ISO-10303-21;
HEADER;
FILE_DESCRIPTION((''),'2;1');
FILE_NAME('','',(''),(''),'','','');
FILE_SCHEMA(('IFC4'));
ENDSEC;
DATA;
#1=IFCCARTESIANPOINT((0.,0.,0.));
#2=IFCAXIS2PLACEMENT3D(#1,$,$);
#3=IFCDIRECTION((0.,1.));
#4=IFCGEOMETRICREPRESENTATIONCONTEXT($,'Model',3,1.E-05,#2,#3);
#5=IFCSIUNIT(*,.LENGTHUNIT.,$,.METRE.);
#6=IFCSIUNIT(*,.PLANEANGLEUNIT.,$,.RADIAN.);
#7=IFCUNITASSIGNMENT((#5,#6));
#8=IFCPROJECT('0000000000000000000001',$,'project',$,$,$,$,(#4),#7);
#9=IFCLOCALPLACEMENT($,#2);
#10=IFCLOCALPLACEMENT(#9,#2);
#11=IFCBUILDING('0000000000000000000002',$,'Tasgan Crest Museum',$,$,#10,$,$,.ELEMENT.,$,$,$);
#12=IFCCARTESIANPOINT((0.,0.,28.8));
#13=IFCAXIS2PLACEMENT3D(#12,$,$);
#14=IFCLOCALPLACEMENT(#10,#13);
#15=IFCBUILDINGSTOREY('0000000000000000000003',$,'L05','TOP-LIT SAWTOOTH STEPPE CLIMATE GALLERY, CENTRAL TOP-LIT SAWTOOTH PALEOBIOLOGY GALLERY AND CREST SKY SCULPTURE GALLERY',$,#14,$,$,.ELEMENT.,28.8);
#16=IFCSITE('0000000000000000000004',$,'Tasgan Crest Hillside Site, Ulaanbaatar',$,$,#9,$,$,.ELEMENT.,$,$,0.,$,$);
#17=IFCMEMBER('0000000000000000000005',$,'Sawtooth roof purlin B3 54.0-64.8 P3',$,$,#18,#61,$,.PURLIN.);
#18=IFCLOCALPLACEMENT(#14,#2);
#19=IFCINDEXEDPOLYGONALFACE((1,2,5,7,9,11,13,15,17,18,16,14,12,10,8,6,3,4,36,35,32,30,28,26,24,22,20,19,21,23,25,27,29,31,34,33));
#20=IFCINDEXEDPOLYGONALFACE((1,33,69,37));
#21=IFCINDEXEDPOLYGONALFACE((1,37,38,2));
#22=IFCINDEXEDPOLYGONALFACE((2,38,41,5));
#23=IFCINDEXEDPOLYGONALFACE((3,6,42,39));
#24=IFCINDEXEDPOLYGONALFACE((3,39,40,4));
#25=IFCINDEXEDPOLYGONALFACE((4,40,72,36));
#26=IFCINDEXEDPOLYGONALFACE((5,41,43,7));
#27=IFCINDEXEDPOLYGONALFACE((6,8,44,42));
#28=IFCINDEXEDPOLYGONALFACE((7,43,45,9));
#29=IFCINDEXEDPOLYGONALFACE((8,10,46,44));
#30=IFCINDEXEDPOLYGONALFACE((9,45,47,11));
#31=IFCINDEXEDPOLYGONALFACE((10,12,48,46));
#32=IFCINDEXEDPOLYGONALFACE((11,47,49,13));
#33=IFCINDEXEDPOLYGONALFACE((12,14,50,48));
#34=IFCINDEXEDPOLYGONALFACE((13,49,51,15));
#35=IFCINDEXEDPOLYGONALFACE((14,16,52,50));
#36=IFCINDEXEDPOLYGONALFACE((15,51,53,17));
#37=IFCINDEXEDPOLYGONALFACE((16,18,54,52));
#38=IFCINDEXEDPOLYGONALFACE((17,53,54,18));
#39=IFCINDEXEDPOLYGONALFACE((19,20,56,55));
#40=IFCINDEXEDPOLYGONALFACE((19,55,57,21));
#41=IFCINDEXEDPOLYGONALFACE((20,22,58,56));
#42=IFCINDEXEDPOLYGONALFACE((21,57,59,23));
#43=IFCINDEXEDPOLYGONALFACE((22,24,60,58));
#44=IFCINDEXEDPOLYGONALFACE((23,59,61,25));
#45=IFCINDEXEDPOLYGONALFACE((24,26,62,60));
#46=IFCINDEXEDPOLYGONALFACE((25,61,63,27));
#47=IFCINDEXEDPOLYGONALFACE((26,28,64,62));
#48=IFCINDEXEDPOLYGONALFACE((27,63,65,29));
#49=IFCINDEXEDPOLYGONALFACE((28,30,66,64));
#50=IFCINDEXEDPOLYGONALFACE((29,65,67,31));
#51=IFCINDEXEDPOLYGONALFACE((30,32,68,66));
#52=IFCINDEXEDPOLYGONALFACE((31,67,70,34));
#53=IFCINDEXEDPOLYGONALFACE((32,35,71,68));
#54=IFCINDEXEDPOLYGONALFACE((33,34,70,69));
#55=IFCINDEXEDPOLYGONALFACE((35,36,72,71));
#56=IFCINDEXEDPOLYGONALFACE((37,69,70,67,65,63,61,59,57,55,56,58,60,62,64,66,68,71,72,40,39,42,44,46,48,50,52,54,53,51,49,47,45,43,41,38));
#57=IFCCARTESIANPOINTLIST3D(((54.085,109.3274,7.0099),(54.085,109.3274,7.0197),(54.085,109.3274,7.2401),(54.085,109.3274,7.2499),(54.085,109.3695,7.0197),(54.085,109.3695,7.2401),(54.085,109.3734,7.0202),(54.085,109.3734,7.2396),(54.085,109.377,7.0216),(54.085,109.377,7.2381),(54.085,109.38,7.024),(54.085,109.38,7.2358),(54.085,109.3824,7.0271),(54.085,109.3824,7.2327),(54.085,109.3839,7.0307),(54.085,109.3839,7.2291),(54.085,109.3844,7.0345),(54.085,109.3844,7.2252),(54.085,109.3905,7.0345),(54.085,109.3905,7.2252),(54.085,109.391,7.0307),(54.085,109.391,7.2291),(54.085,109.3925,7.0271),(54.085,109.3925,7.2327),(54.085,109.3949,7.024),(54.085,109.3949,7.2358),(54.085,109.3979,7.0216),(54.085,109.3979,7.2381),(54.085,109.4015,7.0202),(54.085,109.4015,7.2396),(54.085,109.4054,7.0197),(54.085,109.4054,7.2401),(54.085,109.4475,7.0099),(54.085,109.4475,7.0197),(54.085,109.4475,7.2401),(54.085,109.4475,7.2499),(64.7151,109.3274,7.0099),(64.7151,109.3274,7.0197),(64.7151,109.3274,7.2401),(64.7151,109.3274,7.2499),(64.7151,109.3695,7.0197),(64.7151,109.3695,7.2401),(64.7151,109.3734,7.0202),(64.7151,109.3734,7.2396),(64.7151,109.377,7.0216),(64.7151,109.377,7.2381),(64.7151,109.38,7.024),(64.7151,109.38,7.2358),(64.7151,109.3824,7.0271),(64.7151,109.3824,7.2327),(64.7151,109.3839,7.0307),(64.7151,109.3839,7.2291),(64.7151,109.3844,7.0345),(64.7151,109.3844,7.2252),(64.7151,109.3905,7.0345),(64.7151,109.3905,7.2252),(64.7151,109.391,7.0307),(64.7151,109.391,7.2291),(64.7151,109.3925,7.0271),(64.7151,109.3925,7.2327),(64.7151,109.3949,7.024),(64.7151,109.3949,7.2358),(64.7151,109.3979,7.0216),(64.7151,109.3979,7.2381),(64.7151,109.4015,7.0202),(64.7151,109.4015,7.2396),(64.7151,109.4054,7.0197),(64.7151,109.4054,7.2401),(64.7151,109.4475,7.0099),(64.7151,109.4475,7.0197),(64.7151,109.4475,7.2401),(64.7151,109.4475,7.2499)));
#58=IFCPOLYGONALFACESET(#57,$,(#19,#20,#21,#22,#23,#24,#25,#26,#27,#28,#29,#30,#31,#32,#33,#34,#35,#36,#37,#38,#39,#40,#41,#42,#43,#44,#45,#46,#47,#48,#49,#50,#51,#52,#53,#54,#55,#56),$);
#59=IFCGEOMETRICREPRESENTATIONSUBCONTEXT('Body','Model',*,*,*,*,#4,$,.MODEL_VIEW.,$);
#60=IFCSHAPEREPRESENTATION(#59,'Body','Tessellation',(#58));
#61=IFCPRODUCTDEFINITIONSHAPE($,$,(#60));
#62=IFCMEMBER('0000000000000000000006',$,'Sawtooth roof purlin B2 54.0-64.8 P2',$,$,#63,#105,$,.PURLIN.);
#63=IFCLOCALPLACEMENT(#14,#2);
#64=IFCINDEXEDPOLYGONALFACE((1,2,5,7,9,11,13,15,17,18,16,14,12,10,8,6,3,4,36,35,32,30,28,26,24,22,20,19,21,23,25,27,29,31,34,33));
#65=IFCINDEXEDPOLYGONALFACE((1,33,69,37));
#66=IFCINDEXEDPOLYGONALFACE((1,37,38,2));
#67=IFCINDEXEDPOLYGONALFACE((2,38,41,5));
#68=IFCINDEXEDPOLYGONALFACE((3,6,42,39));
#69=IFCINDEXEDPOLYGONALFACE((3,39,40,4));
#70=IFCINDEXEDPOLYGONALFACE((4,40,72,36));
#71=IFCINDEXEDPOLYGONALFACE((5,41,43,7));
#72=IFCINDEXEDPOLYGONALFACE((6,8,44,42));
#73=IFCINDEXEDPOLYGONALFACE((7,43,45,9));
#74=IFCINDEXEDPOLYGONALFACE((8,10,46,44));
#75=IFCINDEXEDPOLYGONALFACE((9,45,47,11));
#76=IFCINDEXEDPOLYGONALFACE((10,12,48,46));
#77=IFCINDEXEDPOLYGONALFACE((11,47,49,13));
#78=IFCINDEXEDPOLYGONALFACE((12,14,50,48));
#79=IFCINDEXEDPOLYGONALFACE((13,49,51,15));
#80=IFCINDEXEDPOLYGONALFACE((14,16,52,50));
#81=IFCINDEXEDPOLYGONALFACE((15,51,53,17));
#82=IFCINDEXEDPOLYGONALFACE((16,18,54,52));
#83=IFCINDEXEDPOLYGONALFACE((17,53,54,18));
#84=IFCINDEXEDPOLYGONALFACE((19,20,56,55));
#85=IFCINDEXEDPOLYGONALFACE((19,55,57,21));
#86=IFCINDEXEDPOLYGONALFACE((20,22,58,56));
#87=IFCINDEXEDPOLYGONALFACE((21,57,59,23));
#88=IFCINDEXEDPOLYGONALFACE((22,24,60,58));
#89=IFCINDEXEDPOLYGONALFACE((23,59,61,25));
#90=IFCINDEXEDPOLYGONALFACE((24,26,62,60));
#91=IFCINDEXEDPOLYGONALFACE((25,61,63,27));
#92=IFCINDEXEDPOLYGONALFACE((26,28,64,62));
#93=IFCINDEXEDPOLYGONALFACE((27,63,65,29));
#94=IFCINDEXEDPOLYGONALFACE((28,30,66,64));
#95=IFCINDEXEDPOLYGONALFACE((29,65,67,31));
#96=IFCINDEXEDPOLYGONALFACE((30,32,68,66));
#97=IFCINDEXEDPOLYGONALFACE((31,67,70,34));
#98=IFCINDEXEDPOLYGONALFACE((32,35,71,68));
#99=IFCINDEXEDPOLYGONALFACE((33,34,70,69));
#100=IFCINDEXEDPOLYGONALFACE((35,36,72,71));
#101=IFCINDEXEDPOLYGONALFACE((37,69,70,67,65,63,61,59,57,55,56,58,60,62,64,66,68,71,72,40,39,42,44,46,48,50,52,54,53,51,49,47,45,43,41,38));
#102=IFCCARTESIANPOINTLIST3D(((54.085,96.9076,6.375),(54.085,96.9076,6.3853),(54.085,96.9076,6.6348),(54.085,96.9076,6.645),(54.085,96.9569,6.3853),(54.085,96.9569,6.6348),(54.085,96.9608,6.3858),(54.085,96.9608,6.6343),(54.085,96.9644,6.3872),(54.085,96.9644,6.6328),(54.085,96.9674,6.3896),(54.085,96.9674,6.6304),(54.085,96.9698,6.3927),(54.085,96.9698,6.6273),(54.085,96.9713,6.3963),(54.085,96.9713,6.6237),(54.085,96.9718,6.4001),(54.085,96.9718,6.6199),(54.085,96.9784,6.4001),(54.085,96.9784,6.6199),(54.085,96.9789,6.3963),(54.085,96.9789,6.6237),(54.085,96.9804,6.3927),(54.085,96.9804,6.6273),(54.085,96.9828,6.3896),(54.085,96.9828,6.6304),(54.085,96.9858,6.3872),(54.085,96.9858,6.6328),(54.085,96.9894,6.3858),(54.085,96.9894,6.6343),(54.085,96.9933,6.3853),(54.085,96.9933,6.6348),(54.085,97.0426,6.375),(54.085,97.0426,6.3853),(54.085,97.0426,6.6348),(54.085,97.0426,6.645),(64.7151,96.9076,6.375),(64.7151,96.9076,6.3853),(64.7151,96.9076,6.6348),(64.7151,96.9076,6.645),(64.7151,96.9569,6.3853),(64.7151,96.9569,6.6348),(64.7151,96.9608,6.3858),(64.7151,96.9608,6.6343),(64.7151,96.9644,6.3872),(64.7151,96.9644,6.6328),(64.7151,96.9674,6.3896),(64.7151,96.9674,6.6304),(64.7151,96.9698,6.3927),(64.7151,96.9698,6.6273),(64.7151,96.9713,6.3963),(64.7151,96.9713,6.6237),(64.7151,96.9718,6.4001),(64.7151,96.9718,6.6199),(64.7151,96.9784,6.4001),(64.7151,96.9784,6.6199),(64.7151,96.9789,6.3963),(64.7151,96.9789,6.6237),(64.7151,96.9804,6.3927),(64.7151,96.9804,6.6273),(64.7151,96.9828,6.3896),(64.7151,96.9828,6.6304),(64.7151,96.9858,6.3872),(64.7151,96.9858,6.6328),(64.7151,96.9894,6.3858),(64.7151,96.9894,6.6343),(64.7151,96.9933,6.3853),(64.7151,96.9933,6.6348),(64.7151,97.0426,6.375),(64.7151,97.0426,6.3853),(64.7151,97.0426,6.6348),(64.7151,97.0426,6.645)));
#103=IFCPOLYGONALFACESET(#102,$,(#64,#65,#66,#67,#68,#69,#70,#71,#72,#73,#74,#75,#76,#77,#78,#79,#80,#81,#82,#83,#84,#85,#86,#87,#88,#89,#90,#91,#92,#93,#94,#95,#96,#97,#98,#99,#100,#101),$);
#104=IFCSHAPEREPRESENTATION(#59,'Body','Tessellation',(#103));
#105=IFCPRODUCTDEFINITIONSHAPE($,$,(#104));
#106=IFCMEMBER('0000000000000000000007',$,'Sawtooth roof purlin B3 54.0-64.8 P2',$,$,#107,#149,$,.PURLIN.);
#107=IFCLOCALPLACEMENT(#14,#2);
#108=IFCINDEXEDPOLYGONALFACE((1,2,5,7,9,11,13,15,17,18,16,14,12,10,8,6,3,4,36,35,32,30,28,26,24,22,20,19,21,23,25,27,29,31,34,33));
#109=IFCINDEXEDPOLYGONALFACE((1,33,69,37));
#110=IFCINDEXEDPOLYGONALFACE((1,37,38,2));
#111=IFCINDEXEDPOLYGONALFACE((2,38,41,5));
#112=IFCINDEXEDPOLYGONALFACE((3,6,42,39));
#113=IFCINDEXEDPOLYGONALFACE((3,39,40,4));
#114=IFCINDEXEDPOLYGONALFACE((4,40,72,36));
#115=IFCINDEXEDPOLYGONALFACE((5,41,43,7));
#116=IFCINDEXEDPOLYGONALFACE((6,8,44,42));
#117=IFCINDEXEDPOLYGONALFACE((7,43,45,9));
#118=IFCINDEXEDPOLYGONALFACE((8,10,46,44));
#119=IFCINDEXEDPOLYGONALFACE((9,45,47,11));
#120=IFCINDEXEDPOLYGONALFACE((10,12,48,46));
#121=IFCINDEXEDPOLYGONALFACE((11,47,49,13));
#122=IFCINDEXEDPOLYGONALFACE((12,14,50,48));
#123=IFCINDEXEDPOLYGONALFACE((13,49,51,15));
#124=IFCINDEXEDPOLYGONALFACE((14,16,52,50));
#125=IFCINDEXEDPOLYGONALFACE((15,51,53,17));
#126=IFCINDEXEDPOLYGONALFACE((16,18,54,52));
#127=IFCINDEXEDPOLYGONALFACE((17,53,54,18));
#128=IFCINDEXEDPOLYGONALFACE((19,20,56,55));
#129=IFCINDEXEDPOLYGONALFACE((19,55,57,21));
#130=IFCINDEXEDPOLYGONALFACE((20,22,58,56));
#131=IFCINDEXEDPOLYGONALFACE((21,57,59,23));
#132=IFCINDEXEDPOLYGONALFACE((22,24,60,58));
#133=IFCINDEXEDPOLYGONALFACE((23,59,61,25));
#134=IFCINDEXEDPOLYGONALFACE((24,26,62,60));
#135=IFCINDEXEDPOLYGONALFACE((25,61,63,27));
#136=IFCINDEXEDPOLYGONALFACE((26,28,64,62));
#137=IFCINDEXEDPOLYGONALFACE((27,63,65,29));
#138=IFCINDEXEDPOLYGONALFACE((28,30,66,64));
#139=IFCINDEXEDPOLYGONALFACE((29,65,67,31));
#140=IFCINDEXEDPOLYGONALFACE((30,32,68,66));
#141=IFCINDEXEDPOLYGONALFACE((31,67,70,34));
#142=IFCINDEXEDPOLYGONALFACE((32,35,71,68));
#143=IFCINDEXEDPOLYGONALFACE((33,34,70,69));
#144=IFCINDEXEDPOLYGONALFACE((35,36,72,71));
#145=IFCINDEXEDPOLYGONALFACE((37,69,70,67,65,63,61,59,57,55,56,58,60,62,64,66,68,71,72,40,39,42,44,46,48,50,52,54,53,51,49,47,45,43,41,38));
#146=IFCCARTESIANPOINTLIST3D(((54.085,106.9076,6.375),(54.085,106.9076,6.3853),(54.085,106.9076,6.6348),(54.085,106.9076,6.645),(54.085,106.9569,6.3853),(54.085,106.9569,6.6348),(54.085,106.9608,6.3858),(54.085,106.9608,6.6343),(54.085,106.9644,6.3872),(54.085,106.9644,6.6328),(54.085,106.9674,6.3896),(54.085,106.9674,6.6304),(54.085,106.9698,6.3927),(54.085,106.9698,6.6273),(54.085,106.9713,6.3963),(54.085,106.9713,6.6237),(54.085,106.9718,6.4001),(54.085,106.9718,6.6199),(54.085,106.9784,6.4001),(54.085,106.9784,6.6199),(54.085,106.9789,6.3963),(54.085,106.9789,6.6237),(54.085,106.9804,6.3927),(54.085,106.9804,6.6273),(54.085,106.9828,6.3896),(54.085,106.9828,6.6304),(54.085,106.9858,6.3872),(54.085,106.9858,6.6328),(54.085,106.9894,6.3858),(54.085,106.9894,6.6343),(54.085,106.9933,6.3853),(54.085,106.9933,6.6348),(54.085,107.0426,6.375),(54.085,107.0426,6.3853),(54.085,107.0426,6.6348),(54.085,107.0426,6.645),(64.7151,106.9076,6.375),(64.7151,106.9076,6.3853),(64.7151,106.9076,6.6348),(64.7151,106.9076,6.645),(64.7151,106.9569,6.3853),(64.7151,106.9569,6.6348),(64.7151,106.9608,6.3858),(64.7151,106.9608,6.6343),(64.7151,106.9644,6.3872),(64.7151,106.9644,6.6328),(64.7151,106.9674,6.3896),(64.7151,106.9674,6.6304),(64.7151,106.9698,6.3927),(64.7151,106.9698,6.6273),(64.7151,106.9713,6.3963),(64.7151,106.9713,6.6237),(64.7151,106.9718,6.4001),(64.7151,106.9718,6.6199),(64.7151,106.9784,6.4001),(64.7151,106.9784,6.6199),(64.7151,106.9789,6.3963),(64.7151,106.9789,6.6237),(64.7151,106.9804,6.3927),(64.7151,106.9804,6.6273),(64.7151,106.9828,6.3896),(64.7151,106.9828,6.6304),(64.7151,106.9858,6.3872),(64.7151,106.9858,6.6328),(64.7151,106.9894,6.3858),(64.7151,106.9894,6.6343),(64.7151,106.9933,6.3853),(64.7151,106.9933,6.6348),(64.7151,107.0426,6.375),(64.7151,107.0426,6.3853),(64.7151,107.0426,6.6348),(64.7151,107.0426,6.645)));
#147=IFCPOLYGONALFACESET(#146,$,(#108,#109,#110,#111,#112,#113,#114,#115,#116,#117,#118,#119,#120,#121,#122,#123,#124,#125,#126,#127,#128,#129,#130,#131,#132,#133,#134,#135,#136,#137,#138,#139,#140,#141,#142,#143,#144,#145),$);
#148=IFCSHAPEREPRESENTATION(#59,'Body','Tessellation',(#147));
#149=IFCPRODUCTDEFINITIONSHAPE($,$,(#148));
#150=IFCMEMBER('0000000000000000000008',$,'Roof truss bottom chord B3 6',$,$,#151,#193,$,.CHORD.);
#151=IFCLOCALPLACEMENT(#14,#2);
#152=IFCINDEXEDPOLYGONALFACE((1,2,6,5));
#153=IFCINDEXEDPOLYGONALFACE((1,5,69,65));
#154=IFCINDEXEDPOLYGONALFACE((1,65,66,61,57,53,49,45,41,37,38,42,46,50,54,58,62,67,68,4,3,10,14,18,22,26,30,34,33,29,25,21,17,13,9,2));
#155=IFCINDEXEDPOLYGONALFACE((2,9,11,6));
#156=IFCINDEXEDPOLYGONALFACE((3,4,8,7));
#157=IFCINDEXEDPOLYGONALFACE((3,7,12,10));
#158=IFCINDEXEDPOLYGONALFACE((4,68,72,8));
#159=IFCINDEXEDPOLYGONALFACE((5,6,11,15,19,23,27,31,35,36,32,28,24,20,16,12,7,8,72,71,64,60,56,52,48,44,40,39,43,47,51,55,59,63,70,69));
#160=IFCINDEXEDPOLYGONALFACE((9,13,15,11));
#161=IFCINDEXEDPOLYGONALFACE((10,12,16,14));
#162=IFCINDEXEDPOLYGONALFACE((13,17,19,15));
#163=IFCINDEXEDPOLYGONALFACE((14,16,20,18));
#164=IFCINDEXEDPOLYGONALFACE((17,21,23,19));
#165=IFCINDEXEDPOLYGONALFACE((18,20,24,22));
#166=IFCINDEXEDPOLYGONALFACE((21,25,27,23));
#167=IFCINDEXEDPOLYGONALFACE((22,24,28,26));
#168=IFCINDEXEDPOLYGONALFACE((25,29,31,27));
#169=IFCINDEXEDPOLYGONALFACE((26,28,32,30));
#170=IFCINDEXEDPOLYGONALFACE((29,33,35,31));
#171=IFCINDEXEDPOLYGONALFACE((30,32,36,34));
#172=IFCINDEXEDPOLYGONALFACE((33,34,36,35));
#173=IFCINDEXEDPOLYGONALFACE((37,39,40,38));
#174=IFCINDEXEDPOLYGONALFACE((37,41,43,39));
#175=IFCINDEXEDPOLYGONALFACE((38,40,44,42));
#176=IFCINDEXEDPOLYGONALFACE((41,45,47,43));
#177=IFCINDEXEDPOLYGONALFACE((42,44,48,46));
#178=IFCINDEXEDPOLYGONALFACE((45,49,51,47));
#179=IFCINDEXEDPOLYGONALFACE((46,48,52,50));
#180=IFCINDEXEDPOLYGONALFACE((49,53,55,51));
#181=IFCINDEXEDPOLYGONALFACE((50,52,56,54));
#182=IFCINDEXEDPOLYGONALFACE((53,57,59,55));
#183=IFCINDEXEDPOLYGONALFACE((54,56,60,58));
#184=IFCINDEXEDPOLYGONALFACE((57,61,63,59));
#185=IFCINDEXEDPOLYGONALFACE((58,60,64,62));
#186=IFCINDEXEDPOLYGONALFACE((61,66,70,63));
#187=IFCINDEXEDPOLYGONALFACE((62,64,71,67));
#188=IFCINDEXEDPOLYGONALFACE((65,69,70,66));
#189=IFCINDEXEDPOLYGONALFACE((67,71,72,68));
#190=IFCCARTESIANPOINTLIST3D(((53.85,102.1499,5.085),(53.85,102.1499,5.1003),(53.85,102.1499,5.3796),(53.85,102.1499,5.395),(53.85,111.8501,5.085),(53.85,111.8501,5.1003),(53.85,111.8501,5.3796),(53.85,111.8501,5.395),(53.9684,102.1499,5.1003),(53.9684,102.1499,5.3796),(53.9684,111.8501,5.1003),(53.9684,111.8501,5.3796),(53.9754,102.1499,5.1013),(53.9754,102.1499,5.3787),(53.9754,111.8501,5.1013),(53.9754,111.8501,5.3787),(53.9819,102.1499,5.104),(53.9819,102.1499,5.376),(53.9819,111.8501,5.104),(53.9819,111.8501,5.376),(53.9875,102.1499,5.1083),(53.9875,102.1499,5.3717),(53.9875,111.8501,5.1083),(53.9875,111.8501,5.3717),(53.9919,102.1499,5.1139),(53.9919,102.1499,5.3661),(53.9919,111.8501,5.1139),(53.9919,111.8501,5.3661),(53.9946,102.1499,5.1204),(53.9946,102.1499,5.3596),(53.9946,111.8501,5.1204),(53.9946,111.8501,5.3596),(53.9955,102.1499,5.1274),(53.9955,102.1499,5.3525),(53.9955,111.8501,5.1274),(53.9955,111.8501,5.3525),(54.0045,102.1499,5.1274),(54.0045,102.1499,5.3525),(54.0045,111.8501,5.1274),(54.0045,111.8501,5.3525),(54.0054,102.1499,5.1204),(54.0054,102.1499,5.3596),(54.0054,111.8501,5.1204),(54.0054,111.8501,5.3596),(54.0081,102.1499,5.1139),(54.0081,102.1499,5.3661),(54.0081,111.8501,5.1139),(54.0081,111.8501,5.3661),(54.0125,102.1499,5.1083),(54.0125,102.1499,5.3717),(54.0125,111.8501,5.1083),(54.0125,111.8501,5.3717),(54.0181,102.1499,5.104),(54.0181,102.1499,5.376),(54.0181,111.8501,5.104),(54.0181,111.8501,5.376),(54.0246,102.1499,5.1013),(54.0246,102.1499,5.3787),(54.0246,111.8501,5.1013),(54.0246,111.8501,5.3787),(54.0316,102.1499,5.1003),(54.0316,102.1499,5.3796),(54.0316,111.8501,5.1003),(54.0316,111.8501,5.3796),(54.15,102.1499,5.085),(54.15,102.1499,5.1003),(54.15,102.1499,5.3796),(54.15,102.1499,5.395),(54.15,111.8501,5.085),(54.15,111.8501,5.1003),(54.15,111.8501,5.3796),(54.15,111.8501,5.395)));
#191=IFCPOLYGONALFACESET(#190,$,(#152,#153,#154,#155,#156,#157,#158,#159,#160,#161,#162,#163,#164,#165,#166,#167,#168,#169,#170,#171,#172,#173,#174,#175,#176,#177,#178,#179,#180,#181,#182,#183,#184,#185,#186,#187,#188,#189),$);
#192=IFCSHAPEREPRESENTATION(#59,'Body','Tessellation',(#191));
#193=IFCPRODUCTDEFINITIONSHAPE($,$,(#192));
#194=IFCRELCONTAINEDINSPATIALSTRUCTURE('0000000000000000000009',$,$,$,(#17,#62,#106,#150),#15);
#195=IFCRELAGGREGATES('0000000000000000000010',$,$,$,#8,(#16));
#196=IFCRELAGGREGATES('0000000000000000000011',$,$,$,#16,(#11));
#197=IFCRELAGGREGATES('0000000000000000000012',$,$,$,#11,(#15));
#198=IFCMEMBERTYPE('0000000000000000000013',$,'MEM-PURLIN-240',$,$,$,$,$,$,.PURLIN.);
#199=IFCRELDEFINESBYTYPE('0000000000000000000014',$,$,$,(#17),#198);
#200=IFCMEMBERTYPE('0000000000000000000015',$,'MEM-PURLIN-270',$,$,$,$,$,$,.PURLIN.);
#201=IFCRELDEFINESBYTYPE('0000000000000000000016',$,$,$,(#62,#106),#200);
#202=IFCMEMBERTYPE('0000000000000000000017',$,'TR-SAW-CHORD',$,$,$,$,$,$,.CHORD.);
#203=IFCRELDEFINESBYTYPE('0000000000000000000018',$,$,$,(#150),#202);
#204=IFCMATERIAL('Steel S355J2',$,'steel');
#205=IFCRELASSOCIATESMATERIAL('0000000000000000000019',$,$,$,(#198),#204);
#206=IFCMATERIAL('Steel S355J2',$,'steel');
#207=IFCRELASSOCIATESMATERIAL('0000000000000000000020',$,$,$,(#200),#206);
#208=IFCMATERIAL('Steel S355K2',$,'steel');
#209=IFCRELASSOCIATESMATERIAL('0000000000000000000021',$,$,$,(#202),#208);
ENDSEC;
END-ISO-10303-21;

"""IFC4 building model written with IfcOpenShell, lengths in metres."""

from ifc_helpers import new_model, si_unit, direction, frame, origin, origin_2d, place, context, subcontext, project, spatial, i_section, extrude, material, material_profile, profile_set, type_object, element, save


model = new_model("IFC4")

# Units and contexts
model_context = context("Model", 3, precision=1e-05, world=origin(), true_north=direction((0.0, 1.0)))
body_context = subcontext(model_context, "Body", "Model", "MODEL_VIEW")
ifc_project = project(units=[si_unit("LENGTHUNIT", "METRE"), si_unit("PLANEANGLEUNIT", "RADIAN")], contexts=[model_context])

# Site, building, storey
site_placement = place(None, origin())
site = spatial("IfcSite", under=ifc_project, at=site_placement, Name="Tasgan Crest Hillside Site, Ulaanbaatar", CompositionType="ELEMENT", RefElevation=0.0)
building_placement = place(site_placement, origin())
building = spatial("IfcBuilding", under=site, at=building_placement, Name="Tasgan Crest Museum", CompositionType="ELEMENT")
storey_placement = place(building_placement, frame((0.0, 0.0, 28.8)))
storey = spatial("IfcBuildingStorey", under=building, at=storey_placement, Name="L05", Description="TOP-LIT SAWTOOTH STEPPE CLIMATE GALLERY, CENTRAL TOP-LIT SAWTOOTH PALEOBIOLOGY GALLERY AND CREST SKY SCULPTURE GALLERY", CompositionType="ELEMENT", Elevation=28.8)

# Members
ifc_material_1 = material(Name="Steel S355J2", Category="steel")
ifc_material_profile_1 = material_profile(ifc_material_1, i_section(OverallWidth=0.1201, OverallDepth=0.24, WebThickness=0.0061, FlangeThickness=0.0098, FilletRadius=0.0149, at=origin_2d()), Name="IPE 240")
ifc_profile_set_1 = profile_set([ifc_material_profile_1], Name="Steel S355J2")
member_type_1 = type_object("IfcMemberType", Name="MEM-PURLIN-240", PredefinedType="PURLIN", material=ifc_profile_set_1)
for number, where, z_axis, x_axis, name in (
    (1, (54.085, 109.3875, 7.1299), (1.0, 0.0, 0.0), (0.0, 1.0, 0.0), "Sawtooth roof purlin B3 54.0-64.8 P3"),
):
    element("IfcMember", number, at=place(storey_placement, frame(where, z_axis=z_axis, x_axis=x_axis)), inside=storey, type_object=member_type_1, Name=name, PredefinedType="PURLIN", context=body_context, shape_type="SweptSolid", body=[
        extrude(i_section(OverallWidth=0.1201, OverallDepth=0.24, WebThickness=0.0061, FlangeThickness=0.0098, FilletRadius=0.0149, at=origin_2d()), origin(), (0.0, 0.0, 1.0), 10.6301),
    ])
ifc_material_2 = material(Name="Steel S355J2", Category="steel")
ifc_material_profile_2 = material_profile(ifc_material_2, i_section(OverallWidth=0.135, OverallDepth=0.27, WebThickness=0.0066, FlangeThickness=0.0103, FilletRadius=0.0149, at=origin_2d()), Name="IPE 270")
ifc_profile_set_2 = profile_set([ifc_material_profile_2], Name="Steel S355J2")
member_type_2 = type_object("IfcMemberType", Name="MEM-PURLIN-270", PredefinedType="PURLIN", material=ifc_profile_set_2)
for number, where, z_axis, x_axis, name in (
    (2, (54.085, 96.9751, 6.51), (1.0, 0.0, 0.0), (0.0, 1.0, 0.0), "Sawtooth roof purlin B2 54.0-64.8 P2"),
    (3, (54.085, 106.9751, 6.51), (1.0, 0.0, 0.0), (0.0, 1.0, 0.0), "Sawtooth roof purlin B3 54.0-64.8 P2"),
):
    element("IfcMember", number, at=place(storey_placement, frame(where, z_axis=z_axis, x_axis=x_axis)), inside=storey, type_object=member_type_2, Name=name, PredefinedType="PURLIN", context=body_context, shape_type="SweptSolid", body=[
        extrude(i_section(OverallWidth=0.135, OverallDepth=0.27, WebThickness=0.0066, FlangeThickness=0.0103, FilletRadius=0.0149, at=origin_2d()), origin(), (0.0, 0.0, 1.0), 10.6301),
    ])
ifc_material_3 = material(Name="Steel S355K2", Category="steel")
ifc_material_profile_3 = material_profile(ifc_material_3, i_section(OverallWidth=0.3, OverallDepth=0.3101, WebThickness=0.009, FlangeThickness=0.0154, FilletRadius=0.0271, at=origin_2d()), Name="HEA 320")
ifc_profile_set_3 = profile_set([ifc_material_profile_3], Name="Steel S355K2")
member_type_3 = type_object("IfcMemberType", Name="TR-SAW-CHORD", PredefinedType="CHORD", material=ifc_profile_set_3)
member_1_placement = place(storey_placement, frame((54.0, 102.1499, 5.24), z_axis=(0.0, 1.0, 0.0), x_axis=(-1.0, 0.0, 0.0)))
element("IfcMember", 4, at=member_1_placement, inside=storey, type_object=member_type_3, Name="Roof truss bottom chord B3 6", PredefinedType="CHORD", context=body_context, shape_type="SweptSolid", body=[
    extrude(i_section(OverallWidth=0.3, OverallDepth=0.3101, WebThickness=0.009, FlangeThickness=0.0154, FilletRadius=0.0271, at=origin_2d()), origin(), (0.0, 0.0, 1.0), 9.7002),
])

save(model, "model.ifc")
